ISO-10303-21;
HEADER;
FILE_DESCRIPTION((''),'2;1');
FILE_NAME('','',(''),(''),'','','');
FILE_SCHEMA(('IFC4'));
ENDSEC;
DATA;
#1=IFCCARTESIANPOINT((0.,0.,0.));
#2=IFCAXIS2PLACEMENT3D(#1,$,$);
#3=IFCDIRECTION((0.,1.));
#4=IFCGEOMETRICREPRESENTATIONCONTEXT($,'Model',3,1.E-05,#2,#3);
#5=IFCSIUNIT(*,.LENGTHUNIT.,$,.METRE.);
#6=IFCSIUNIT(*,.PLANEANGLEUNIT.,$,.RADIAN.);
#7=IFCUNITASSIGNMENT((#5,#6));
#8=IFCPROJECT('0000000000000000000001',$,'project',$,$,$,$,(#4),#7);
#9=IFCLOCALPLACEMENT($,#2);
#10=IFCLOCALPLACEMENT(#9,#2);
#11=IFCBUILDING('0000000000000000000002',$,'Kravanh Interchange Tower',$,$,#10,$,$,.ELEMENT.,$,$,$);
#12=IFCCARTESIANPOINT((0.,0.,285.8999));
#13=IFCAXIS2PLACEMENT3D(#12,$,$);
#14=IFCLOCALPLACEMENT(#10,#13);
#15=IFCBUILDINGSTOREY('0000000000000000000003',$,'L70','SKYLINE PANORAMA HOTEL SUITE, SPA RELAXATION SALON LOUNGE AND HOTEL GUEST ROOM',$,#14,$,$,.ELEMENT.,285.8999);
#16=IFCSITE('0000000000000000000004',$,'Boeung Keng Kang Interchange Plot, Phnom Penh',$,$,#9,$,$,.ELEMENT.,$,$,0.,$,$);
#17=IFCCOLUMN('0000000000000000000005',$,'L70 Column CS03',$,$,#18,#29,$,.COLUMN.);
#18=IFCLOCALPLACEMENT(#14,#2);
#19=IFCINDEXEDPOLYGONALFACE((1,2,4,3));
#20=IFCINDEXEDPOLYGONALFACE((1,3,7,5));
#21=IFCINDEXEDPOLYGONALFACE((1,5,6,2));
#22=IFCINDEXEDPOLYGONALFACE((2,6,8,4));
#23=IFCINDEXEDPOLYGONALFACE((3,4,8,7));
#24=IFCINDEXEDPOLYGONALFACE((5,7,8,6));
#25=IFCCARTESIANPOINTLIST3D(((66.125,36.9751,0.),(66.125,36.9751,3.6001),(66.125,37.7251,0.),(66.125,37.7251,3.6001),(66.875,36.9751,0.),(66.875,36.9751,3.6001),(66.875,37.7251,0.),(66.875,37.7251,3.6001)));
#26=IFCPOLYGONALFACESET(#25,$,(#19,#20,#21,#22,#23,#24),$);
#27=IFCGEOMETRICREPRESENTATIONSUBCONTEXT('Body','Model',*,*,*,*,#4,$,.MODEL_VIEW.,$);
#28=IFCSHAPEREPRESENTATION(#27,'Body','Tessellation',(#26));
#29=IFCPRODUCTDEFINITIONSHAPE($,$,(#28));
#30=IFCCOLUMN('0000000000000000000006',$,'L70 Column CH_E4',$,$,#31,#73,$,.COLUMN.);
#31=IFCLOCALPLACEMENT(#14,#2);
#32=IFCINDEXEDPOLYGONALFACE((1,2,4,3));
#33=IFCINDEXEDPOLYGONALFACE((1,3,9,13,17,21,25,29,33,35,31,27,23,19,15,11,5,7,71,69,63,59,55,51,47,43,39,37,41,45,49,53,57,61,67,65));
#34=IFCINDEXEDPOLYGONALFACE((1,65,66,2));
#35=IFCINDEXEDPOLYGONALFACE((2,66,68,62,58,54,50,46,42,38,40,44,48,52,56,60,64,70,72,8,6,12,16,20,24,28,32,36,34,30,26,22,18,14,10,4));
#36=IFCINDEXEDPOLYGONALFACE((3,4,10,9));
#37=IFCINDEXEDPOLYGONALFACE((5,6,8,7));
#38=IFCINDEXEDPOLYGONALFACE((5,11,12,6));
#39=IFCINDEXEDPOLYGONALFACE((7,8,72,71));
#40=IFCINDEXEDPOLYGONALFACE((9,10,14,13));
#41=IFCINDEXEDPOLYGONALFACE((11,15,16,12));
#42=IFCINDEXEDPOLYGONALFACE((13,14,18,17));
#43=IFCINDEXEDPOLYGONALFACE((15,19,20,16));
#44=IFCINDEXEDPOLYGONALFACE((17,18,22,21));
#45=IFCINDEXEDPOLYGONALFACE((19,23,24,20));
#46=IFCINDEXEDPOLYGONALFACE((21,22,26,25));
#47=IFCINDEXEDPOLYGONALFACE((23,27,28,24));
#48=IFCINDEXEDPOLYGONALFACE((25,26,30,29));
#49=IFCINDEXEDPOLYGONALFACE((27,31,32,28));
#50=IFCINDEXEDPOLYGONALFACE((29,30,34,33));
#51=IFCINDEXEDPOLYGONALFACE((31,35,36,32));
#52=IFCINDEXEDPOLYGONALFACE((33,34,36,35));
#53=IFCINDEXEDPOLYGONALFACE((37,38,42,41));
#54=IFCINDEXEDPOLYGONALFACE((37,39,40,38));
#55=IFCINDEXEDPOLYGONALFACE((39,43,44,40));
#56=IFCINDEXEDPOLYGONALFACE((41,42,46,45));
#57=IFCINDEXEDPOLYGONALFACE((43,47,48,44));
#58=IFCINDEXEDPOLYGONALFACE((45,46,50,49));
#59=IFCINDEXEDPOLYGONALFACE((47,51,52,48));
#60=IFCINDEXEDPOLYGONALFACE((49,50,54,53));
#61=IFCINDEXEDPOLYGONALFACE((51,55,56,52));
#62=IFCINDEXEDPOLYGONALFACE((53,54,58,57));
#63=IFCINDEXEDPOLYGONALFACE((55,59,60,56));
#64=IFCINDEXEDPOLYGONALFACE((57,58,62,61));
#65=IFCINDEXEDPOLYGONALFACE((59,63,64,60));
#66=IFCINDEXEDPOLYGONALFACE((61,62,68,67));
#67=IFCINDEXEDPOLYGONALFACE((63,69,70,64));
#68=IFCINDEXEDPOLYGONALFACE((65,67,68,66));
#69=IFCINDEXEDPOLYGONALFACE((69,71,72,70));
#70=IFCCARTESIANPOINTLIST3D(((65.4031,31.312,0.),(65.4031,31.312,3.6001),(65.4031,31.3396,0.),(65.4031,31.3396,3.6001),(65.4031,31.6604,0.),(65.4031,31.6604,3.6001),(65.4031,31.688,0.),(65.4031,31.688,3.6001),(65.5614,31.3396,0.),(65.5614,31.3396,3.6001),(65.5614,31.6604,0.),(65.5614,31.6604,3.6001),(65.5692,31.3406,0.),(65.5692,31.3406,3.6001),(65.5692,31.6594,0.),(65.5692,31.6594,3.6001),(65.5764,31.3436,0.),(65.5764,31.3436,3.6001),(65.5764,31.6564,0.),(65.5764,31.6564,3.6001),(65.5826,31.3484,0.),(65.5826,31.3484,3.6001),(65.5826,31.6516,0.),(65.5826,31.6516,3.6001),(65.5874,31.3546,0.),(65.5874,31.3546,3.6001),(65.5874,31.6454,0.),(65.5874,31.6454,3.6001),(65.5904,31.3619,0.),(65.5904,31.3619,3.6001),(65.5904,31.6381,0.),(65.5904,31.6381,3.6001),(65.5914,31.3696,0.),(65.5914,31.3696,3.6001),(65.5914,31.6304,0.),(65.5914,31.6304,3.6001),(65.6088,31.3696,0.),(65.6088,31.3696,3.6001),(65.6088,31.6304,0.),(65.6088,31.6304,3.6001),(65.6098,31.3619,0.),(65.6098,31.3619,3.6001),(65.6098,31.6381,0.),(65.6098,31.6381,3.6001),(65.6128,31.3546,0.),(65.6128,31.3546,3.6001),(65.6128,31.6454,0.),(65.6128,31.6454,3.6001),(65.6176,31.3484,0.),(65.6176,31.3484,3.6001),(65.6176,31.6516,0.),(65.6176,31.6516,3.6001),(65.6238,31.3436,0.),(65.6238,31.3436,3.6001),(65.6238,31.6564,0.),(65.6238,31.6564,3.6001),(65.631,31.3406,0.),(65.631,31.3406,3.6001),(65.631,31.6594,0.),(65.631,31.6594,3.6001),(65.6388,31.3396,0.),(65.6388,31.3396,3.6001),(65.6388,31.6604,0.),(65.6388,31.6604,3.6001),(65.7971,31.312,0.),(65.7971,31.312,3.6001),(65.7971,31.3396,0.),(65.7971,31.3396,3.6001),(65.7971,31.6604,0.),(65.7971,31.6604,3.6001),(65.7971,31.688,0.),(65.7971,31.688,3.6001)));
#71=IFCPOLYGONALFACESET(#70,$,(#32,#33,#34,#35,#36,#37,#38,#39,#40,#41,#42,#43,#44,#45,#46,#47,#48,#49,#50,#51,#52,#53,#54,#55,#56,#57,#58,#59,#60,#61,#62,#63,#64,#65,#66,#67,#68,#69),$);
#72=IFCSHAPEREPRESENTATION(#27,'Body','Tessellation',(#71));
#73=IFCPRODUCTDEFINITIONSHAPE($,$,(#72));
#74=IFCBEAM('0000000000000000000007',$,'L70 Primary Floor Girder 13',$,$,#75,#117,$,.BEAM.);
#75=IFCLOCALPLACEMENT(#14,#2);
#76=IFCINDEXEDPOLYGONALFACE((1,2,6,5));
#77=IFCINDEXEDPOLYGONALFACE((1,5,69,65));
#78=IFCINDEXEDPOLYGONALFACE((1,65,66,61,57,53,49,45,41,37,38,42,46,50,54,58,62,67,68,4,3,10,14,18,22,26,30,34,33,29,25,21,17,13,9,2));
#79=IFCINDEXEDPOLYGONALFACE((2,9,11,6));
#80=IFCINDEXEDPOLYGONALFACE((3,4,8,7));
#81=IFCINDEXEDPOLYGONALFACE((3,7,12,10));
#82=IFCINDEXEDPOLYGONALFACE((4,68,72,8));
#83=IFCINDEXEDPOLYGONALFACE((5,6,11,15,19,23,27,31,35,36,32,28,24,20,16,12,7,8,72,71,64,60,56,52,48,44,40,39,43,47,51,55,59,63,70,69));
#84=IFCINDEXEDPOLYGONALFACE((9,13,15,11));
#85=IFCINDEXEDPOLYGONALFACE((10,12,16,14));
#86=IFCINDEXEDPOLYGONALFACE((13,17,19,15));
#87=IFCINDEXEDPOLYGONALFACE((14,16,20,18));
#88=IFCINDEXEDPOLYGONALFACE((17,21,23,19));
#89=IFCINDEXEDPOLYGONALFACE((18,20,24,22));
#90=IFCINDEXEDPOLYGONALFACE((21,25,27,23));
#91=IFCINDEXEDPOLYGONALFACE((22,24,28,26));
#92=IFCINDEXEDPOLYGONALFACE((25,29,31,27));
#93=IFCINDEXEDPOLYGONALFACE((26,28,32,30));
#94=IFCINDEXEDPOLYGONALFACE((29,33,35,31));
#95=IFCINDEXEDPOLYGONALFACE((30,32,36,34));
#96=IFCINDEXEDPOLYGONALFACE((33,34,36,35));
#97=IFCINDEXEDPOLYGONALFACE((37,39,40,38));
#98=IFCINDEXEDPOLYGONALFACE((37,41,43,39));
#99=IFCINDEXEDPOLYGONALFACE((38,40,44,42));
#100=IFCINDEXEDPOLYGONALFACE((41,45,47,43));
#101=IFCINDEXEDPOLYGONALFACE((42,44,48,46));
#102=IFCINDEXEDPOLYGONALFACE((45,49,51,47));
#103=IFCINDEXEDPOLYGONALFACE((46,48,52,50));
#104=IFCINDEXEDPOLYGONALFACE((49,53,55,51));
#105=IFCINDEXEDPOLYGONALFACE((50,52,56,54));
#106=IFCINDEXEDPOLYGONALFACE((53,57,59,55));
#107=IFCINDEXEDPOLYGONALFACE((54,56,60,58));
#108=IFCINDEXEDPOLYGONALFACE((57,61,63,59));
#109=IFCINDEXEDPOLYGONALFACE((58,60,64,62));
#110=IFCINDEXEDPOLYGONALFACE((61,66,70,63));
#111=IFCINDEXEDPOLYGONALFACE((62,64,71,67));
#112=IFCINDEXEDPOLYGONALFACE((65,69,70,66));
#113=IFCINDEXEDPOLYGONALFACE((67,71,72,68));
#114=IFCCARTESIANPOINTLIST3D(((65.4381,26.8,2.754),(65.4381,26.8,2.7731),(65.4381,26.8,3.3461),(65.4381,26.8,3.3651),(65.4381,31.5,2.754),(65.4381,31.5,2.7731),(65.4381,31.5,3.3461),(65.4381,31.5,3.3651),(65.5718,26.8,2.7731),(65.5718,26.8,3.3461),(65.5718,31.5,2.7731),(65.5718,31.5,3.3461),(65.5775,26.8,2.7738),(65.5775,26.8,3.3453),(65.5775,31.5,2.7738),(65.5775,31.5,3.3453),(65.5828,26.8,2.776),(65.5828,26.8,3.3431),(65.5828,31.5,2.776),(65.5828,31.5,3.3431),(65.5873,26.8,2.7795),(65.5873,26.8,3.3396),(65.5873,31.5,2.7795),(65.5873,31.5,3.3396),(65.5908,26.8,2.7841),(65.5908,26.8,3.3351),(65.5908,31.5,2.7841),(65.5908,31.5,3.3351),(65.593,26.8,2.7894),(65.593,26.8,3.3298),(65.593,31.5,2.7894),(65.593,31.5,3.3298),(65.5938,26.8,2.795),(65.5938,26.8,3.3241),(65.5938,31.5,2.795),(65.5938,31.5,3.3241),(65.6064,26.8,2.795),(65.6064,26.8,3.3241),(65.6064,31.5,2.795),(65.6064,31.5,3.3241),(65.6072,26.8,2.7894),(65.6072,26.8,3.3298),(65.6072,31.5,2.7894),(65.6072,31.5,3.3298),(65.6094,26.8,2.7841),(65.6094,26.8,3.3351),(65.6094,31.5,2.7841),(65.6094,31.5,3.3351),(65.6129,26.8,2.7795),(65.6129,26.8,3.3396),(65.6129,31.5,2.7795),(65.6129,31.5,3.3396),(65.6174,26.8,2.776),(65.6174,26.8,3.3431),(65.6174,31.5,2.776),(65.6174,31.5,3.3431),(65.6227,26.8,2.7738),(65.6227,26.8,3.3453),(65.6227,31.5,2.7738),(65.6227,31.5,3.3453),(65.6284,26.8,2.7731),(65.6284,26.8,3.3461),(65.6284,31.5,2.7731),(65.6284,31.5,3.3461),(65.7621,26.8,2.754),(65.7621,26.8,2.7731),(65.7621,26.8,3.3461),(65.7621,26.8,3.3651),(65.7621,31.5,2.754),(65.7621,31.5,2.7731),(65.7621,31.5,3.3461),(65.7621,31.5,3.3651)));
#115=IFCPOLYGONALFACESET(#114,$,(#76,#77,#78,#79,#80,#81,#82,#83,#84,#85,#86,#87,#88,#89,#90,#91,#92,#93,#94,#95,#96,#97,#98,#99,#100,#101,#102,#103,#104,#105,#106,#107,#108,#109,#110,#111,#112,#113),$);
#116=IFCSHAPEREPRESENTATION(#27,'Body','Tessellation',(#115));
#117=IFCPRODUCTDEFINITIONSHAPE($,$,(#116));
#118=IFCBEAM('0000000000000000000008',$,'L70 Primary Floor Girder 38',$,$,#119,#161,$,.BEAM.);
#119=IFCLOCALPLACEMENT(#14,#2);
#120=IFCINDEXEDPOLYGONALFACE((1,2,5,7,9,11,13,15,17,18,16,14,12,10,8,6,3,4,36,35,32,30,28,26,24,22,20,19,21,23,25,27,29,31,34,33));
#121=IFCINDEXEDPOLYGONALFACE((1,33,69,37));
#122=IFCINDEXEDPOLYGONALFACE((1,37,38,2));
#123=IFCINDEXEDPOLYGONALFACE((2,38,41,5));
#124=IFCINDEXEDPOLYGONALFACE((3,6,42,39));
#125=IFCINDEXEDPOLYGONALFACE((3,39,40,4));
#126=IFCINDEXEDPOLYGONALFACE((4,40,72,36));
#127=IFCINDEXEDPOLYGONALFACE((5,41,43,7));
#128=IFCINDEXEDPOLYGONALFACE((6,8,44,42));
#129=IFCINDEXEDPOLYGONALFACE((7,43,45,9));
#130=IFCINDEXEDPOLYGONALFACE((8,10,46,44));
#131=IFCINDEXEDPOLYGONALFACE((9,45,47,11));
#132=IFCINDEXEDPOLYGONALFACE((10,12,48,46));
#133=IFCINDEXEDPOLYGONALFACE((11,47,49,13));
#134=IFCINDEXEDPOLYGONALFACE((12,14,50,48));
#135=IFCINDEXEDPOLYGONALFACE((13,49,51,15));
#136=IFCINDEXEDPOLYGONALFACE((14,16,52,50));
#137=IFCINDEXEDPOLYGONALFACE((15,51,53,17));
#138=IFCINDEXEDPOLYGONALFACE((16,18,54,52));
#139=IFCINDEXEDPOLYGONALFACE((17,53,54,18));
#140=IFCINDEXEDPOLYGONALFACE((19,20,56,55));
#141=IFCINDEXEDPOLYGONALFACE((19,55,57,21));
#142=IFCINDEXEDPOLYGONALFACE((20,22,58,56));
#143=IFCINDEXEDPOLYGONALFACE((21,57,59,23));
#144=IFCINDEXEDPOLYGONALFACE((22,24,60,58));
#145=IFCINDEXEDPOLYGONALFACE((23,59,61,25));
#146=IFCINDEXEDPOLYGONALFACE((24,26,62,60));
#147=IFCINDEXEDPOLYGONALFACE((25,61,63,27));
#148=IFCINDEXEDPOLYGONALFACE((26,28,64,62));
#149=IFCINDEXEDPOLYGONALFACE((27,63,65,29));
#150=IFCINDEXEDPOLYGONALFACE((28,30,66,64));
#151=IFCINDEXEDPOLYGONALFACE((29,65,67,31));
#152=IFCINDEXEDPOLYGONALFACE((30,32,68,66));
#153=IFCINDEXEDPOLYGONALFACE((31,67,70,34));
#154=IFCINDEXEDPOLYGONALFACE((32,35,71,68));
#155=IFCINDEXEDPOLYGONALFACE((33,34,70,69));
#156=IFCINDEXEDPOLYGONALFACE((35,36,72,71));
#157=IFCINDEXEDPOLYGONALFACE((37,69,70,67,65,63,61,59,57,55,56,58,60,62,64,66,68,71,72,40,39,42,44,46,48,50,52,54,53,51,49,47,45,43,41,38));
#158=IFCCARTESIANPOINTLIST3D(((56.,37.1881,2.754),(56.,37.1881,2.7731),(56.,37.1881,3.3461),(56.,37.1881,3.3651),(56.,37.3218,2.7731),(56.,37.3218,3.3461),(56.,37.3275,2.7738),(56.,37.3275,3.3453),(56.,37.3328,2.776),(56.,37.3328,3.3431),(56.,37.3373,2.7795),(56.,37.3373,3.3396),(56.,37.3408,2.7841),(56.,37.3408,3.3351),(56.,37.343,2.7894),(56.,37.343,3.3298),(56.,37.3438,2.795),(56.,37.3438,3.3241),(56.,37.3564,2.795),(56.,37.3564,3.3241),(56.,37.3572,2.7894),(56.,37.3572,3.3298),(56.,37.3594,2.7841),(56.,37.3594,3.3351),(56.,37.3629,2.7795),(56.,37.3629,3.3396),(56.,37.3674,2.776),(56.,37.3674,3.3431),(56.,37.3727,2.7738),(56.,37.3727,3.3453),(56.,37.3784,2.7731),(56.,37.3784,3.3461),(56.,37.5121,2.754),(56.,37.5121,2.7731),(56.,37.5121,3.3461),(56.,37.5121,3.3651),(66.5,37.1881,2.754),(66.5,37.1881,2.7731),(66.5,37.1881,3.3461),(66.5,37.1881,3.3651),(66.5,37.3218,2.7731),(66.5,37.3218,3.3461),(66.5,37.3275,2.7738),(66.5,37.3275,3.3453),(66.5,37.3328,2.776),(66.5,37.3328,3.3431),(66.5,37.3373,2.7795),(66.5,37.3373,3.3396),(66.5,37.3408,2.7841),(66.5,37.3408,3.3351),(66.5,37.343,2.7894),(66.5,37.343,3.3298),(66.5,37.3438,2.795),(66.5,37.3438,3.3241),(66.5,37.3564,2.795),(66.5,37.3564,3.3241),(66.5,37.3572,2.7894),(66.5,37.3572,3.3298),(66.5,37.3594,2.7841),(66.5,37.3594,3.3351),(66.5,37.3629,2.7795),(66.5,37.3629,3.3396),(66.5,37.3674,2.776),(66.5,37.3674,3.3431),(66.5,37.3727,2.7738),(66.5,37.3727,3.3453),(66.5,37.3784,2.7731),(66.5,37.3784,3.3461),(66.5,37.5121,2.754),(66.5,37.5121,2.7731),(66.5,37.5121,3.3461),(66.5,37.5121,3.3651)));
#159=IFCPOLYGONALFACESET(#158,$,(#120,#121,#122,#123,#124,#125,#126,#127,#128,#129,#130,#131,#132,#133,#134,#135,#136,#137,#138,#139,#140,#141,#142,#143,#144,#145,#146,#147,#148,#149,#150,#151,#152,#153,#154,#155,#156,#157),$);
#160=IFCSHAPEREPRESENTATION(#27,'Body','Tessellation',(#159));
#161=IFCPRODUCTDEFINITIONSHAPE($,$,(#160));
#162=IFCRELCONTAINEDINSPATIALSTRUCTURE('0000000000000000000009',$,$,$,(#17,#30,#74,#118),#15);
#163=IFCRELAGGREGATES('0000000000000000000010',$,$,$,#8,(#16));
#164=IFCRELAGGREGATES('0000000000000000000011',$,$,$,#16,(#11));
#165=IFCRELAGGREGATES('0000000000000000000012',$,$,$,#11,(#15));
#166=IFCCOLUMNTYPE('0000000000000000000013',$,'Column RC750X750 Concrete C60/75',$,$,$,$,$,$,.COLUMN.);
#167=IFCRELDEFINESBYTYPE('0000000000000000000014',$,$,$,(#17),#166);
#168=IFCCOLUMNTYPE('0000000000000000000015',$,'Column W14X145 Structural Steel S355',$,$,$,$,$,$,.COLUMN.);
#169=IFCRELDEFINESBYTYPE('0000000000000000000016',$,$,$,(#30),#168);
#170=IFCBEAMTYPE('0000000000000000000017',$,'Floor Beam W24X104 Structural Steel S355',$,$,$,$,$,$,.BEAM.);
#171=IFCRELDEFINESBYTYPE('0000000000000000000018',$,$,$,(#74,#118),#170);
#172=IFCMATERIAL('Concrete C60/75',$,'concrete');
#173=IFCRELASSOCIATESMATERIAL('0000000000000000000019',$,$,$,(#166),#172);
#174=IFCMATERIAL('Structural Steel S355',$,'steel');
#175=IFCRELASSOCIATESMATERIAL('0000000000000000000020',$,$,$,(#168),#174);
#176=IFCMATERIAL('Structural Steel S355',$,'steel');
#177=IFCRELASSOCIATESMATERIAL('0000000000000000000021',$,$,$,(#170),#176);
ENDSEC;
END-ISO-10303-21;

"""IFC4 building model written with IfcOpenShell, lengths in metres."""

from ifc_helpers import new_model, si_unit, direction, frame, origin, origin_2d, place, context, subcontext, project, spatial, rectangle, i_section, extrude, material, material_profile, profile_set, type_object, element, save


model = new_model("IFC4")

# Units and contexts
model_context = context("Model", 3, precision=1e-05, world=origin(), true_north=direction((0.0, 1.0)))
body_context = subcontext(model_context, "Body", "Model", "MODEL_VIEW")
ifc_project = project(units=[si_unit("LENGTHUNIT", "METRE"), si_unit("PLANEANGLEUNIT", "RADIAN")], contexts=[model_context])

# Site, building, storey
site_placement = place(None, origin())
site = spatial("IfcSite", under=ifc_project, at=site_placement, Name="Boeung Keng Kang Interchange Plot, Phnom Penh", CompositionType="ELEMENT", RefElevation=0.0)
building_placement = place(site_placement, origin())
building = spatial("IfcBuilding", under=site, at=building_placement, Name="Kravanh Interchange Tower", CompositionType="ELEMENT")
storey_placement = place(building_placement, frame((0.0, 0.0, 285.8999)))
storey = spatial("IfcBuildingStorey", under=building, at=storey_placement, Name="L70", Description="SKYLINE PANORAMA HOTEL SUITE, SPA RELAXATION SALON LOUNGE AND HOTEL GUEST ROOM", CompositionType="ELEMENT", Elevation=285.8999)

# Columns
ifc_material_1 = material(Name="Concrete C60/75", Category="concrete")
ifc_material_profile_1 = material_profile(ifc_material_1, rectangle(XDim=0.75, YDim=0.75, at=origin_2d()), Name="RC750X750")
ifc_profile_set_1 = profile_set([ifc_material_profile_1], Name="Concrete C60/75")
column_type_1 = type_object("IfcColumnType", Name="Column RC750X750 Concrete C60/75", PredefinedType="COLUMN", material=ifc_profile_set_1)
column_1_placement = place(storey_placement, frame((66.5, 37.3501, 0.0), z_axis=(0.0, 0.0, 1.0), x_axis=(1.0, 0.0, 0.0)))
element("IfcColumn", 1, at=column_1_placement, inside=storey, type_object=column_type_1, Name="L70 Column CS03", PredefinedType="COLUMN", context=body_context, shape_type="SweptSolid", body=[
    extrude(rectangle(XDim=0.75, YDim=0.75, at=origin_2d()), origin(), (0.0, 0.0, 1.0), 3.6001),
])
ifc_material_2 = material(Name="Structural Steel S355", Category="steel")
ifc_material_profile_2 = material_profile(ifc_material_2, i_section(OverallWidth=0.394, OverallDepth=0.376, WebThickness=0.0173, FlangeThickness=0.0276, FilletRadius=0.03, at=origin_2d()), Name="W14X145")
ifc_profile_set_2 = profile_set([ifc_material_profile_2], Name="Structural Steel S355")
column_type_2 = type_object("IfcColumnType", Name="Column W14X145 Structural Steel S355", PredefinedType="COLUMN", material=ifc_profile_set_2)
column_2_placement = place(storey_placement, frame((65.6001, 31.5, 0.0), z_axis=(0.0, 0.0, 1.0), x_axis=(1.0, 0.0, 0.0)))
element("IfcColumn", 2, at=column_2_placement, inside=storey, type_object=column_type_2, Name="L70 Column CH_E4", PredefinedType="COLUMN", context=body_context, shape_type="SweptSolid", body=[
    extrude(i_section(OverallWidth=0.394, OverallDepth=0.376, WebThickness=0.0173, FlangeThickness=0.0276, FilletRadius=0.03, at=origin_2d()), origin(), (0.0, 0.0, 1.0), 3.6001),
])

# Beams
ifc_material_3 = material(Name="Structural Steel S355", Category="steel")
ifc_material_profile_3 = material_profile(ifc_material_3, i_section(OverallWidth=0.324, OverallDepth=0.6111, WebThickness=0.0127, FlangeThickness=0.019, FilletRadius=0.022, at=origin_2d()), Name="W24X104")
ifc_profile_set_3 = profile_set([ifc_material_profile_3], Name="Structural Steel S355")
beam_type_1 = type_object("IfcBeamType", Name="Floor Beam W24X104 Structural Steel S355", PredefinedType="BEAM", material=ifc_profile_set_3)
beam_1_placement = place(storey_placement, frame((65.6001, 31.5, 3.0596), z_axis=(0.0, -1.0, 0.0), x_axis=(1.0, 0.0, 0.0)))
element("IfcBeam", 3, at=beam_1_placement, inside=storey, type_object=beam_type_1, Name="L70 Primary Floor Girder 13", PredefinedType="BEAM", context=body_context, shape_type="SweptSolid", body=[
    extrude(i_section(OverallWidth=0.324, OverallDepth=0.6111, WebThickness=0.0127, FlangeThickness=0.019, FilletRadius=0.022, at=origin_2d()), origin(), (0.0, 0.0, 1.0), 4.7),
])
beam_2_placement = place(storey_placement, frame((66.5, 37.3501, 3.0596), z_axis=(-1.0, 0.0, 0.0), x_axis=(0.0, -1.0, 0.0)))
element("IfcBeam", 4, at=beam_2_placement, inside=storey, type_object=beam_type_1, Name="L70 Primary Floor Girder 38", PredefinedType="BEAM", context=body_context, shape_type="SweptSolid", body=[
    extrude(i_section(OverallWidth=0.324, OverallDepth=0.6111, WebThickness=0.0127, FlangeThickness=0.019, FilletRadius=0.022, at=origin_2d()), origin(), (0.0, 0.0, 1.0), 10.5),
])

save(model, "model.ifc")
